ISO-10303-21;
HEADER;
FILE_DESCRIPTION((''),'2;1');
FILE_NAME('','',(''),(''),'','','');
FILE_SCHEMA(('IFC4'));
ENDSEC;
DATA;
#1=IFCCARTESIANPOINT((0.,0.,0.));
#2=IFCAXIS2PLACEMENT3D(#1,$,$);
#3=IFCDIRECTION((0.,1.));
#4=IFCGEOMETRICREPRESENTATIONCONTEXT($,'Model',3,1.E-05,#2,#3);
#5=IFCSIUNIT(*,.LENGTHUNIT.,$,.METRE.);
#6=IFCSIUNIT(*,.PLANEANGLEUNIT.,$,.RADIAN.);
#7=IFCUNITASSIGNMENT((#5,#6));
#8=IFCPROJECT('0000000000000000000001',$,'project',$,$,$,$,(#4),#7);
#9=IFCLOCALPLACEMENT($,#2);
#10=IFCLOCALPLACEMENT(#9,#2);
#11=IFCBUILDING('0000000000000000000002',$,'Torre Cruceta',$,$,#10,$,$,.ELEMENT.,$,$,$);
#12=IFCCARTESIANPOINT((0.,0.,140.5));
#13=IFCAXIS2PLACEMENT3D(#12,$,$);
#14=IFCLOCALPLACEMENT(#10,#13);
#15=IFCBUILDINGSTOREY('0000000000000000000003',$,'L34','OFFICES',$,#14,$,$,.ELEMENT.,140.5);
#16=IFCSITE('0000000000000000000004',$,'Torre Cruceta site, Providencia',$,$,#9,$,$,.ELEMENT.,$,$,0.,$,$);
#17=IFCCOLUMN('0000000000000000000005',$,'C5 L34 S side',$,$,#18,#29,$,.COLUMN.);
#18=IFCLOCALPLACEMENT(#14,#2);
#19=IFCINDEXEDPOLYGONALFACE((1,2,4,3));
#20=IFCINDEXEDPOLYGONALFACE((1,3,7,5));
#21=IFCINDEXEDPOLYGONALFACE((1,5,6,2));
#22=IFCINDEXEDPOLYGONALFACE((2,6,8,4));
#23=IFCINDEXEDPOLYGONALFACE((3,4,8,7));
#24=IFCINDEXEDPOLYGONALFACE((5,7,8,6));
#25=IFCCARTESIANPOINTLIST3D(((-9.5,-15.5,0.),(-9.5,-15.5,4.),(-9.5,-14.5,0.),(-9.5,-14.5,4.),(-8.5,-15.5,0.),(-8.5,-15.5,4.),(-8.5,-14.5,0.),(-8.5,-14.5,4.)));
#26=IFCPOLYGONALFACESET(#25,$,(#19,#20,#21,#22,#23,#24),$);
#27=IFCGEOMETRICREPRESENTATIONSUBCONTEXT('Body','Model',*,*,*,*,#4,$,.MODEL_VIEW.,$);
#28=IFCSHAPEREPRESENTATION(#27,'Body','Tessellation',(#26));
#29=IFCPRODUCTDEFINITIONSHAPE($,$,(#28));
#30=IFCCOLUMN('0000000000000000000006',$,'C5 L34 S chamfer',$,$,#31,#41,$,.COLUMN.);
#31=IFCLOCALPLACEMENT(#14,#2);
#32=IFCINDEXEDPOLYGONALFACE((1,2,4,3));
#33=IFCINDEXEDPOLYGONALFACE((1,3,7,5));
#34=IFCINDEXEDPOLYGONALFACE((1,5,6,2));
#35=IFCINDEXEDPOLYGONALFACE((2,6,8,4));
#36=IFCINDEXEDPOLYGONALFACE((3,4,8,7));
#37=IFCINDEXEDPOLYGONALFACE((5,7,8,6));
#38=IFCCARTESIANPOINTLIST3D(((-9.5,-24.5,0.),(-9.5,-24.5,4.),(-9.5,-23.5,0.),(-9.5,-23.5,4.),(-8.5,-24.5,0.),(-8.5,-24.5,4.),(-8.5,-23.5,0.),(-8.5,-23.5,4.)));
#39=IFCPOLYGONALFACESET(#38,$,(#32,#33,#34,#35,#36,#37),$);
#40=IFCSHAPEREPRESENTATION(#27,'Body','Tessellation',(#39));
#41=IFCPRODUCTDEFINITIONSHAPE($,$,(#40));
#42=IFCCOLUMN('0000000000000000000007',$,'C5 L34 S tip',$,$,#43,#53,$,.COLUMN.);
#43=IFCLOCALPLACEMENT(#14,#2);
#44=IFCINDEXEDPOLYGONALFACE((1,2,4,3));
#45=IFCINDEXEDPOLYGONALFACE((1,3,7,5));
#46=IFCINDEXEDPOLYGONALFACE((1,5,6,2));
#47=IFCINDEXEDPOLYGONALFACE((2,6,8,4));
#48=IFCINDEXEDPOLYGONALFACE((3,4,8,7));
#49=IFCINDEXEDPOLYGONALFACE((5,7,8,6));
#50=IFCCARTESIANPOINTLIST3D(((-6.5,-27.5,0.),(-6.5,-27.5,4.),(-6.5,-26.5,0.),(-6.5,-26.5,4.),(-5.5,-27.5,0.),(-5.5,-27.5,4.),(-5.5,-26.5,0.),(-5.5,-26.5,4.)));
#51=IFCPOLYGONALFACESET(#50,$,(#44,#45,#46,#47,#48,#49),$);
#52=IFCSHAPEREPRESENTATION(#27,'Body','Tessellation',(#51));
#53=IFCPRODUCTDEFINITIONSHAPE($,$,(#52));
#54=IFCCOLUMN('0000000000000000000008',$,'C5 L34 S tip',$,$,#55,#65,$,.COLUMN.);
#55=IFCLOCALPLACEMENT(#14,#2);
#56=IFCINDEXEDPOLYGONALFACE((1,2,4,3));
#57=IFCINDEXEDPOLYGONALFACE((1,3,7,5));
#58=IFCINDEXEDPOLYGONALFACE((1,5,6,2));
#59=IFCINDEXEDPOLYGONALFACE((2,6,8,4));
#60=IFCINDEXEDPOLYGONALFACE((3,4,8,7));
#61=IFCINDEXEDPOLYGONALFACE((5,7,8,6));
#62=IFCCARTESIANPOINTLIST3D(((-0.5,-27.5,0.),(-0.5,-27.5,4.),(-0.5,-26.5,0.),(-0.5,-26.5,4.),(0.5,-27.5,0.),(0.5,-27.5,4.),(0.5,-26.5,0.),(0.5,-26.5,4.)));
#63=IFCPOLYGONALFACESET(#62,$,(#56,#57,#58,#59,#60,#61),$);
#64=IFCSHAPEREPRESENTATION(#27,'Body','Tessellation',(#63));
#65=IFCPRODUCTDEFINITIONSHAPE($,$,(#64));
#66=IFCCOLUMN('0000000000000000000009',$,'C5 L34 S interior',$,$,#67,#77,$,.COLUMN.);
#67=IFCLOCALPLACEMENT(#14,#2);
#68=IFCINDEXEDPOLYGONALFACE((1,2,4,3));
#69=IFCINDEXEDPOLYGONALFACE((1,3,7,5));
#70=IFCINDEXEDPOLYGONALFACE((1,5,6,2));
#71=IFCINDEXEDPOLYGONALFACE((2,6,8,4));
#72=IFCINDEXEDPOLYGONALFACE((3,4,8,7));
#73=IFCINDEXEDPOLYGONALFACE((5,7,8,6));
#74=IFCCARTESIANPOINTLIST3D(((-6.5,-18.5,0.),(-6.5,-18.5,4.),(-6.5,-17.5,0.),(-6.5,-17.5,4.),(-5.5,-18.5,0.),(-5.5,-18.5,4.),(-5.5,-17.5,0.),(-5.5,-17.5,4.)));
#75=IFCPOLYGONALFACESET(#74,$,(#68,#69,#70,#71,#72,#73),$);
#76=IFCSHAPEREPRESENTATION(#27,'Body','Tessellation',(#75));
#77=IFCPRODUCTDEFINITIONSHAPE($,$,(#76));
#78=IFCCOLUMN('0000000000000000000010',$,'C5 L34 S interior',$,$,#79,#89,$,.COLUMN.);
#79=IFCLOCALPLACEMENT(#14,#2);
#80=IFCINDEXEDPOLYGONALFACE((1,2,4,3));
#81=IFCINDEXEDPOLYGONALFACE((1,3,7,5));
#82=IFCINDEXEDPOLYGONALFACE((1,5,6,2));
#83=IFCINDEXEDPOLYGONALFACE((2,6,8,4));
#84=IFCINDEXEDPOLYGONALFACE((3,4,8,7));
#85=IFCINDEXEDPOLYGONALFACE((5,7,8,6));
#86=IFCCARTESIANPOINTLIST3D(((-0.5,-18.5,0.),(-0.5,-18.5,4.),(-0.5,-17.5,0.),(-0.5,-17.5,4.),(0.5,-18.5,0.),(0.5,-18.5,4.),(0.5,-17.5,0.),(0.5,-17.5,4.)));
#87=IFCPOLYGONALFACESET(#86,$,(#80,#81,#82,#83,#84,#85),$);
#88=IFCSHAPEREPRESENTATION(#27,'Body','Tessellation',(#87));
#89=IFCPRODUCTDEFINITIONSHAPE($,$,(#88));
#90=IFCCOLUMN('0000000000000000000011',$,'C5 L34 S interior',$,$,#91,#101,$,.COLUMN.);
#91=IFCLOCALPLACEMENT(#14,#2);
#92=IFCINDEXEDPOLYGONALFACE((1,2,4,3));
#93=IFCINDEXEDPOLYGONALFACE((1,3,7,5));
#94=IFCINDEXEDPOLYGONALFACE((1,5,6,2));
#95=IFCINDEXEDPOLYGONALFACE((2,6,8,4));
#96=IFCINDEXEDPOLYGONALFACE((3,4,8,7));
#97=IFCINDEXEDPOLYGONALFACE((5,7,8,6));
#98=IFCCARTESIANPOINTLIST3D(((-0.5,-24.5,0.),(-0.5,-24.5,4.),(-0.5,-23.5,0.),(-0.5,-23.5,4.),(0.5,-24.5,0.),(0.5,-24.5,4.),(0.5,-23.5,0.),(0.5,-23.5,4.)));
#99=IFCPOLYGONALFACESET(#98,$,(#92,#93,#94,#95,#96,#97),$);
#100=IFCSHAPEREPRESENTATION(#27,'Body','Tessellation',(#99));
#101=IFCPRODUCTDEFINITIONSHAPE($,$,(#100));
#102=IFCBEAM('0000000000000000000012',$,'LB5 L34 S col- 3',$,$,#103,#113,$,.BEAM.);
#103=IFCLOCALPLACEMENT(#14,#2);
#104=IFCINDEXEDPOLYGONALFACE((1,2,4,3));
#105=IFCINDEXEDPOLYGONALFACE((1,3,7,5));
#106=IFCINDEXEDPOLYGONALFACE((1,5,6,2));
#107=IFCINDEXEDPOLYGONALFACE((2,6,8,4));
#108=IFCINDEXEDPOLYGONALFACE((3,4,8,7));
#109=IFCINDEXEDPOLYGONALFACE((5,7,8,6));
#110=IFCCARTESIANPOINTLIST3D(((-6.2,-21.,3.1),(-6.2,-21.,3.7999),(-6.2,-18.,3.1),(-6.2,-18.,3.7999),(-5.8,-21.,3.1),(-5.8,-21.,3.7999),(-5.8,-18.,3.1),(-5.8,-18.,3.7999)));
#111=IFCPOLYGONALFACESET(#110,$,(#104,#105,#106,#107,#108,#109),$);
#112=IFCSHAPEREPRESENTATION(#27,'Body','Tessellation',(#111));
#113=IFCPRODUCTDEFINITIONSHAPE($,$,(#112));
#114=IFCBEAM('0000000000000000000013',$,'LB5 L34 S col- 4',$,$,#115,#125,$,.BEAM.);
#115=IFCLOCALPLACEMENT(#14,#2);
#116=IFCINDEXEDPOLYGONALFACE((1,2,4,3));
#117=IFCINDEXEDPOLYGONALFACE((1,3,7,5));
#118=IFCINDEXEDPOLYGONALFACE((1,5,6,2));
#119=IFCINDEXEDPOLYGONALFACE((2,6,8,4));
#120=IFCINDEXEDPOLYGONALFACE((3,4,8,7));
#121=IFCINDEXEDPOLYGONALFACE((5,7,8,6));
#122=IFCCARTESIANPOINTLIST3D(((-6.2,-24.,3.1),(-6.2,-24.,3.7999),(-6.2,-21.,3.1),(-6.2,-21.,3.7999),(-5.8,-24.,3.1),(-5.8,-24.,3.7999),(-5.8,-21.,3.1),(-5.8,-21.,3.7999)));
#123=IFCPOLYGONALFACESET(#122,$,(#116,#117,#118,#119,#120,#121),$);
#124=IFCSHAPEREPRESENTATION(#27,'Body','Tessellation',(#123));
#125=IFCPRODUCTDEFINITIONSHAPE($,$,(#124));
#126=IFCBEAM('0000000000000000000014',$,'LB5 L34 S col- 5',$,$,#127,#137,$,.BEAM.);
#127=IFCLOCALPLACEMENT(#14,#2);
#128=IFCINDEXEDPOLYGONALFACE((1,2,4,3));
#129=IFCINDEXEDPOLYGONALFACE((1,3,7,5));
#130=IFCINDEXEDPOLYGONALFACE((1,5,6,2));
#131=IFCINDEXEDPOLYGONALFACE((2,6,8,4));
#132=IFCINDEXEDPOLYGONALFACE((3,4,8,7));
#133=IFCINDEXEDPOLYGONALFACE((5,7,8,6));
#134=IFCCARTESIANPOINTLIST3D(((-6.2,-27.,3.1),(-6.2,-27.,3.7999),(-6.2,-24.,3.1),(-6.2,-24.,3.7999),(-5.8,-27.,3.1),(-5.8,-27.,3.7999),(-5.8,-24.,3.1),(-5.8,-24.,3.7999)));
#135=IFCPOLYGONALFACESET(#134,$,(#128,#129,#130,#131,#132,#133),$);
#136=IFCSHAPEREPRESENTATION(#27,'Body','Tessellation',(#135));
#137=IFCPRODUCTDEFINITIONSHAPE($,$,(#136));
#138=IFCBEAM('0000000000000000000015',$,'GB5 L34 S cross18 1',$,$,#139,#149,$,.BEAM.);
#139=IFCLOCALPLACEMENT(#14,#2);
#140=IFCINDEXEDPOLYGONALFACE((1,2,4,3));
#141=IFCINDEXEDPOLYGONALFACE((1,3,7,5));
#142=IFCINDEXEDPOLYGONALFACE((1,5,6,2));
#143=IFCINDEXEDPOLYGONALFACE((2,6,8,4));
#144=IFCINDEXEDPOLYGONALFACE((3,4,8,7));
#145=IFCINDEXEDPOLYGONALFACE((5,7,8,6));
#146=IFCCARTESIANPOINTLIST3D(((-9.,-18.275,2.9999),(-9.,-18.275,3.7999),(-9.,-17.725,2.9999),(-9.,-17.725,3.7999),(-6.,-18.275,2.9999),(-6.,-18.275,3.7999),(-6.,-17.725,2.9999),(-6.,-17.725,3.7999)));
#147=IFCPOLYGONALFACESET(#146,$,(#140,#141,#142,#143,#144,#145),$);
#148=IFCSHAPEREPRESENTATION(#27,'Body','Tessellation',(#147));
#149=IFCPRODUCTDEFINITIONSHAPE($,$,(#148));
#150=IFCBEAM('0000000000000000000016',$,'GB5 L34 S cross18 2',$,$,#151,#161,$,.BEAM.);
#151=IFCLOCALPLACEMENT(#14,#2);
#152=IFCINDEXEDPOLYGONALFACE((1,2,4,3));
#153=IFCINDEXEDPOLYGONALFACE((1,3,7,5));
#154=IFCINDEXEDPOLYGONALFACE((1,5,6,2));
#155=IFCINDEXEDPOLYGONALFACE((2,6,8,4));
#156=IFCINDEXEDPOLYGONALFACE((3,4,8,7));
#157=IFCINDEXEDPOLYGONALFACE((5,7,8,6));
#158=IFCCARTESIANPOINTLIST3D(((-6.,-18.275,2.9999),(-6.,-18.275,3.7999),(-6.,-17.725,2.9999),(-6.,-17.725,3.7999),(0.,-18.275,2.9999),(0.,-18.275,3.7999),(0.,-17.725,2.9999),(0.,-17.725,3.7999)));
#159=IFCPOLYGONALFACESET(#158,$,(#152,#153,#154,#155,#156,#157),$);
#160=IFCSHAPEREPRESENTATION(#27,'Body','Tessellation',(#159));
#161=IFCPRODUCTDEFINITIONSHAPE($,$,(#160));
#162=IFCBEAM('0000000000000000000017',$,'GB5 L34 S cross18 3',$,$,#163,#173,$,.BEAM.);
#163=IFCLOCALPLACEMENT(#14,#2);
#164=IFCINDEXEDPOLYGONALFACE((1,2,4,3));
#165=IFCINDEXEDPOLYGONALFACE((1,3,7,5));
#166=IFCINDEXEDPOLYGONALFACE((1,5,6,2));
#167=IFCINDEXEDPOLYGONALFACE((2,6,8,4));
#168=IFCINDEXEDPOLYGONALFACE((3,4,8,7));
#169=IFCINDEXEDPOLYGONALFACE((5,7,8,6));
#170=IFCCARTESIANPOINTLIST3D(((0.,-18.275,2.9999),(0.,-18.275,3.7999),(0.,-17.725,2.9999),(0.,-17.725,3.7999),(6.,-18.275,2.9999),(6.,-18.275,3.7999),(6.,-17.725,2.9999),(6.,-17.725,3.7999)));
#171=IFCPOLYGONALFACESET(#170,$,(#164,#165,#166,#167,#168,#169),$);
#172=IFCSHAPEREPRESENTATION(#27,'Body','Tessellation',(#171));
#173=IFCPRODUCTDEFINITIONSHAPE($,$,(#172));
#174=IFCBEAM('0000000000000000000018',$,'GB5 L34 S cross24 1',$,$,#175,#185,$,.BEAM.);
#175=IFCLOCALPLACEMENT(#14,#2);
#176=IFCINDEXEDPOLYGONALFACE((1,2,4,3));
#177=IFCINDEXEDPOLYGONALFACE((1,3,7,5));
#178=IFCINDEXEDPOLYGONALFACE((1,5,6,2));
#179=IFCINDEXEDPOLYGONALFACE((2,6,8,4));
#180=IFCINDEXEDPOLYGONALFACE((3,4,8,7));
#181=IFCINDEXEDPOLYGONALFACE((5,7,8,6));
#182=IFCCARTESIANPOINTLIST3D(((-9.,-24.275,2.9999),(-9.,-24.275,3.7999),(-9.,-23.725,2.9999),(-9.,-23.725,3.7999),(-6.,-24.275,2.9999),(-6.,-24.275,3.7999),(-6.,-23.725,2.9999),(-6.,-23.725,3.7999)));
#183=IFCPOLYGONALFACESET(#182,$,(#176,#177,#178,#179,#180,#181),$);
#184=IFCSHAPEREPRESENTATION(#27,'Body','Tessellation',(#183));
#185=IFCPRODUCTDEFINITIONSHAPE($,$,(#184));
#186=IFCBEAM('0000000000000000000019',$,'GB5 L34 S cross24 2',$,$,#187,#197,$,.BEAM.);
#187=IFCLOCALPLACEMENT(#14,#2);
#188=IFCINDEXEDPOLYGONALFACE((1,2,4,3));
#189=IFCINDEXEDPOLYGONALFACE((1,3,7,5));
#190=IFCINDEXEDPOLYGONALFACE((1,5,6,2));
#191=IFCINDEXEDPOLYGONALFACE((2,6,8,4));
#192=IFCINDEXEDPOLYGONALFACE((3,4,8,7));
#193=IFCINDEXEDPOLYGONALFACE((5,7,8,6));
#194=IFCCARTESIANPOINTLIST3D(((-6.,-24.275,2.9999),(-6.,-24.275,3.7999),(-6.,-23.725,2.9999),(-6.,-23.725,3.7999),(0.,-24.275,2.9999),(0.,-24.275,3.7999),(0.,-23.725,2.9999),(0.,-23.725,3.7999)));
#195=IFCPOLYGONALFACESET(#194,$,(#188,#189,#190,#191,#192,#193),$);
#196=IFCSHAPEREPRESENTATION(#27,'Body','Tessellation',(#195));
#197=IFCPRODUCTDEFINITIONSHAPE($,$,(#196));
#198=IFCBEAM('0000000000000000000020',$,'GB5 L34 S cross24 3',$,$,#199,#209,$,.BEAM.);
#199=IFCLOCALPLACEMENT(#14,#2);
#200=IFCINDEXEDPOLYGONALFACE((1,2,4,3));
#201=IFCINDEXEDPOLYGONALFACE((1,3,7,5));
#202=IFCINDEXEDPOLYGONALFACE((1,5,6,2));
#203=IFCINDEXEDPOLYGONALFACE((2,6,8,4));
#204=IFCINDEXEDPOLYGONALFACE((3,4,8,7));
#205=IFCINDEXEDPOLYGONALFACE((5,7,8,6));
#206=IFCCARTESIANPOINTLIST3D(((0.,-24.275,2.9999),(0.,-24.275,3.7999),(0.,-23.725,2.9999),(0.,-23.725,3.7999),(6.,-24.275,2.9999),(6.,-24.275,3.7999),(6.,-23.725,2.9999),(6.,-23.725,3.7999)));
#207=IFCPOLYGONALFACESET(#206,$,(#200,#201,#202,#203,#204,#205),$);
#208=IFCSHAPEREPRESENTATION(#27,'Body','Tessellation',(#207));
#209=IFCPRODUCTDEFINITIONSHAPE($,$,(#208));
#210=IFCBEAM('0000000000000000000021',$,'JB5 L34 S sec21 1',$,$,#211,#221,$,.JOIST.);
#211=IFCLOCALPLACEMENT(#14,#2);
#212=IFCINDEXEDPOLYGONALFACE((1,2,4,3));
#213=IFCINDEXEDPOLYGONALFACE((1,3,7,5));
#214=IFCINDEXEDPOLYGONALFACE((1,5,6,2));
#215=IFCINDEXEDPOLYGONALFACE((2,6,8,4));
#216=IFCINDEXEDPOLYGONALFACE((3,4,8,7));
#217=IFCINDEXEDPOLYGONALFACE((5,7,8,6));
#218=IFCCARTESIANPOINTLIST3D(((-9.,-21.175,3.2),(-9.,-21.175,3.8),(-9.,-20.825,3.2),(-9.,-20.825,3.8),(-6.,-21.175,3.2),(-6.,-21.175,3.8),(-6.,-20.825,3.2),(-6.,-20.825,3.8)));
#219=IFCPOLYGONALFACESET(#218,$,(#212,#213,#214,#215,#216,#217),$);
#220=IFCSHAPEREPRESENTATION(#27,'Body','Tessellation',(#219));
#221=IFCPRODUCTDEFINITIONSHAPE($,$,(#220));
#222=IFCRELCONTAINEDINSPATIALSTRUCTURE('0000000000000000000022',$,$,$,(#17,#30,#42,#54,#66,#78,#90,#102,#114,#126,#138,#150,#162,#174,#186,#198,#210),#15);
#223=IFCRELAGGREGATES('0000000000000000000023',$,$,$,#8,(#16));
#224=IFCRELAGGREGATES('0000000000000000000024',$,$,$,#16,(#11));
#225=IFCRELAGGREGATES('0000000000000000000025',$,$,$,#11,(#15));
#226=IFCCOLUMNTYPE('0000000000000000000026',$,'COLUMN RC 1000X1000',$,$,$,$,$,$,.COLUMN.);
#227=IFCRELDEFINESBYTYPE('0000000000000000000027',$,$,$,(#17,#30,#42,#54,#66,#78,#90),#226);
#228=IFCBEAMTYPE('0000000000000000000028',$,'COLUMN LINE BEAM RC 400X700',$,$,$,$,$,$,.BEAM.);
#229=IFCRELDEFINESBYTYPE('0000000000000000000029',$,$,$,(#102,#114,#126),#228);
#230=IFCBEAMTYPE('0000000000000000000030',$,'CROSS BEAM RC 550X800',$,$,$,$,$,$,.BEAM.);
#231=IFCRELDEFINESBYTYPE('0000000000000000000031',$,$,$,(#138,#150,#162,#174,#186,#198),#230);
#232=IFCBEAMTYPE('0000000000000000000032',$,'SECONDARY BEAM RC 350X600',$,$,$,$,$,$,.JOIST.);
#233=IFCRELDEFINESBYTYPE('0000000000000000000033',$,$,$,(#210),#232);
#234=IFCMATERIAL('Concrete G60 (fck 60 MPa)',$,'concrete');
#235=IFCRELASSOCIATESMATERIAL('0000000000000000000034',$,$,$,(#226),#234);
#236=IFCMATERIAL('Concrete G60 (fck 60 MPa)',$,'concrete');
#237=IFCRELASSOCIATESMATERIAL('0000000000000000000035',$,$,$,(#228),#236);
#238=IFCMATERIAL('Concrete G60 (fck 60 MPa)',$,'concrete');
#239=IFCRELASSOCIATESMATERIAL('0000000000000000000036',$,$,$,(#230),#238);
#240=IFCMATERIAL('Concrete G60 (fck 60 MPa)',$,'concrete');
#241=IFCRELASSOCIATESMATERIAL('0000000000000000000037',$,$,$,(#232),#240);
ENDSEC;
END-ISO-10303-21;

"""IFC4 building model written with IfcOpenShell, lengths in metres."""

from ifc_helpers import new_model, si_unit, direction, frame, origin, origin_2d, place, context, subcontext, project, spatial, rectangle, extrude, material, material_profile, profile_set, type_object, element, save


model = new_model("IFC4")

# Units and contexts
model_context = context("Model", 3, precision=1e-05, world=origin(), true_north=direction((0.0, 1.0)))
body_context = subcontext(model_context, "Body", "Model", "MODEL_VIEW")
ifc_project = project(units=[si_unit("LENGTHUNIT", "METRE"), si_unit("PLANEANGLEUNIT", "RADIAN")], contexts=[model_context])

# Site, building, storey
site_placement = place(None, origin())
site = spatial("IfcSite", under=ifc_project, at=site_placement, Name="Torre Cruceta site, Providencia", CompositionType="ELEMENT", RefElevation=0.0)
building_placement = place(site_placement, origin())
building = spatial("IfcBuilding", under=site, at=building_placement, Name="Torre Cruceta", CompositionType="ELEMENT")
storey_placement = place(building_placement, frame((0.0, 0.0, 140.5)))
storey = spatial("IfcBuildingStorey", under=building, at=storey_placement, Name="L34", Description="OFFICES", CompositionType="ELEMENT", Elevation=140.5)

# Columns
ifc_material_1 = material(Name="Concrete G60 (fck 60 MPa)", Category="concrete")
ifc_material_profile_1 = material_profile(ifc_material_1, rectangle(XDim=1.0, YDim=1.0, at=origin_2d()), Name="RC 1000X1000")
ifc_profile_set_1 = profile_set([ifc_material_profile_1], Name="Concrete G60 (fck 60 MPa)")
column_type = type_object("IfcColumnType", Name="COLUMN RC 1000X1000", PredefinedType="COLUMN", material=ifc_profile_set_1)
for number, where, z_axis, x_axis, name in (
    (1, (-9.0, -15.0, 0.0), (0.0, 0.0, 1.0), (1.0, 0.0, 0.0), "C5 L34 S side"),
    (2, (-9.0, -24.0, 0.0), (0.0, 0.0, 1.0), (1.0, 0.0, 0.0), "C5 L34 S chamfer"),
    (3, (-6.0, -27.0, 0.0), (0.0, 0.0, 1.0), (1.0, 0.0, 0.0), "C5 L34 S tip"),
    (4, (0.0, -27.0, 0.0), (0.0, 0.0, 1.0), (1.0, 0.0, 0.0), "C5 L34 S tip"),
    (5, (-6.0, -18.0, 0.0), (0.0, 0.0, 1.0), (1.0, 0.0, 0.0), "C5 L34 S interior"),
    (6, (0.0, -18.0, 0.0), (0.0, 0.0, 1.0), (1.0, 0.0, 0.0), "C5 L34 S interior"),
    (7, (0.0, -24.0, 0.0), (0.0, 0.0, 1.0), (1.0, 0.0, 0.0), "C5 L34 S interior"),
):
    element("IfcColumn", number, at=place(storey_placement, frame(where, z_axis=z_axis, x_axis=x_axis)), inside=storey, type_object=column_type, Name=name, PredefinedType="COLUMN", context=body_context, shape_type="SweptSolid", body=[
        extrude(rectangle(XDim=1.0, YDim=1.0, at=origin_2d()), origin(), (0.0, 0.0, 1.0), 4.0),
    ])

# Beams
ifc_material_2 = material(Name="Concrete G60 (fck 60 MPa)", Category="concrete")
ifc_material_profile_2 = material_profile(ifc_material_2, rectangle(XDim=0.3999, YDim=0.7, at=origin_2d()), Name="RC 400X700")
ifc_profile_set_2 = profile_set([ifc_material_profile_2], Name="Concrete G60 (fck 60 MPa)")
beam_type_1 = type_object("IfcBeamType", Name="COLUMN LINE BEAM RC 400X700", PredefinedType="BEAM", material=ifc_profile_set_2)
for number, where, z_axis, x_axis, name in (
    (8, (-6.0, -18.0, 3.45), (0.0, -1.0, 0.0), (1.0, 0.0, 0.0), "LB5 L34 S col- 3"),
    (9, (-6.0, -21.0, 3.45), (0.0, -1.0, 0.0), (1.0, 0.0, 0.0), "LB5 L34 S col- 4"),
    (10, (-6.0, -24.0, 3.45), (0.0, -1.0, 0.0), (1.0, 0.0, 0.0), "LB5 L34 S col- 5"),
):
    element("IfcBeam", number, at=place(storey_placement, frame(where, z_axis=z_axis, x_axis=x_axis)), inside=storey, type_object=beam_type_1, Name=name, PredefinedType="BEAM", context=body_context, shape_type="SweptSolid", body=[
        extrude(rectangle(XDim=0.3999, YDim=0.7, at=origin_2d()), origin(), (0.0, 0.0, 1.0), 3.0),
    ])
ifc_material_3 = material(Name="Concrete G60 (fck 60 MPa)", Category="concrete")
ifc_material_profile_3 = material_profile(ifc_material_3, rectangle(XDim=0.55, YDim=0.8, at=origin_2d()), Name="RC 550X800")
ifc_profile_set_3 = profile_set([ifc_material_profile_3], Name="Concrete G60 (fck 60 MPa)")
beam_type_2 = type_object("IfcBeamType", Name="CROSS BEAM RC 550X800", PredefinedType="BEAM", material=ifc_profile_set_3)
beam_1_placement = place(storey_placement, frame((-9.0, -18.0, 3.3999), z_axis=(1.0, 0.0, 0.0), x_axis=(0.0, 1.0, 0.0)))
element("IfcBeam", 11, at=beam_1_placement, inside=storey, type_object=beam_type_2, Name="GB5 L34 S cross18 1", PredefinedType="BEAM", context=body_context, shape_type="SweptSolid", body=[
    extrude(rectangle(XDim=0.55, YDim=0.8, at=origin_2d()), origin(), (0.0, 0.0, 1.0), 3.0),
])
for number, where, z_axis, x_axis, name in (
    (12, (-6.0, -18.0, 3.3999), (1.0, 0.0, 0.0), (0.0, 1.0, 0.0), "GB5 L34 S cross18 2"),
    (13, (0.0, -18.0, 3.3999), (1.0, 0.0, 0.0), (0.0, 1.0, 0.0), "GB5 L34 S cross18 3"),
):
    element("IfcBeam", number, at=place(storey_placement, frame(where, z_axis=z_axis, x_axis=x_axis)), inside=storey, type_object=beam_type_2, Name=name, PredefinedType="BEAM", context=body_context, shape_type="SweptSolid", body=[
        extrude(rectangle(XDim=0.55, YDim=0.8, at=origin_2d()), origin(), (0.0, 0.0, 1.0), 6.0),
    ])
beam_2_placement = place(storey_placement, frame((-9.0, -24.0, 3.3999), z_axis=(1.0, 0.0, 0.0), x_axis=(0.0, 1.0, 0.0)))
element("IfcBeam", 14, at=beam_2_placement, inside=storey, type_object=beam_type_2, Name="GB5 L34 S cross24 1", PredefinedType="BEAM", context=body_context, shape_type="SweptSolid", body=[
    extrude(rectangle(XDim=0.55, YDim=0.8, at=origin_2d()), origin(), (0.0, 0.0, 1.0), 3.0),
])
for number, where, z_axis, x_axis, name in (
    (15, (-6.0, -24.0, 3.3999), (1.0, 0.0, 0.0), (0.0, 1.0, 0.0), "GB5 L34 S cross24 2"),
    (16, (0.0, -24.0, 3.3999), (1.0, 0.0, 0.0), (0.0, 1.0, 0.0), "GB5 L34 S cross24 3"),
):
    element("IfcBeam", number, at=place(storey_placement, frame(where, z_axis=z_axis, x_axis=x_axis)), inside=storey, type_object=beam_type_2, Name=name, PredefinedType="BEAM", context=body_context, shape_type="SweptSolid", body=[
        extrude(rectangle(XDim=0.55, YDim=0.8, at=origin_2d()), origin(), (0.0, 0.0, 1.0), 6.0),
    ])
ifc_material_4 = material(Name="Concrete G60 (fck 60 MPa)", Category="concrete")
ifc_material_profile_4 = material_profile(ifc_material_4, rectangle(XDim=0.3501, YDim=0.6001, at=origin_2d()), Name="RC 350X600")
ifc_profile_set_4 = profile_set([ifc_material_profile_4], Name="Concrete G60 (fck 60 MPa)")
beam_type_3 = type_object("IfcBeamType", Name="SECONDARY BEAM RC 350X600", PredefinedType="JOIST", material=ifc_profile_set_4)
beam_3_placement = place(storey_placement, frame((-9.0, -21.0, 3.5), z_axis=(1.0, 0.0, 0.0), x_axis=(0.0, 1.0, 0.0)))
element("IfcBeam", 17, at=beam_3_placement, inside=storey, type_object=beam_type_3, Name="JB5 L34 S sec21 1", PredefinedType="JOIST", context=body_context, shape_type="SweptSolid", body=[
    extrude(rectangle(XDim=0.3501, YDim=0.6001, at=origin_2d()), origin(), (0.0, 0.0, 1.0), 3.0),
])

save(model, "model.ifc")
